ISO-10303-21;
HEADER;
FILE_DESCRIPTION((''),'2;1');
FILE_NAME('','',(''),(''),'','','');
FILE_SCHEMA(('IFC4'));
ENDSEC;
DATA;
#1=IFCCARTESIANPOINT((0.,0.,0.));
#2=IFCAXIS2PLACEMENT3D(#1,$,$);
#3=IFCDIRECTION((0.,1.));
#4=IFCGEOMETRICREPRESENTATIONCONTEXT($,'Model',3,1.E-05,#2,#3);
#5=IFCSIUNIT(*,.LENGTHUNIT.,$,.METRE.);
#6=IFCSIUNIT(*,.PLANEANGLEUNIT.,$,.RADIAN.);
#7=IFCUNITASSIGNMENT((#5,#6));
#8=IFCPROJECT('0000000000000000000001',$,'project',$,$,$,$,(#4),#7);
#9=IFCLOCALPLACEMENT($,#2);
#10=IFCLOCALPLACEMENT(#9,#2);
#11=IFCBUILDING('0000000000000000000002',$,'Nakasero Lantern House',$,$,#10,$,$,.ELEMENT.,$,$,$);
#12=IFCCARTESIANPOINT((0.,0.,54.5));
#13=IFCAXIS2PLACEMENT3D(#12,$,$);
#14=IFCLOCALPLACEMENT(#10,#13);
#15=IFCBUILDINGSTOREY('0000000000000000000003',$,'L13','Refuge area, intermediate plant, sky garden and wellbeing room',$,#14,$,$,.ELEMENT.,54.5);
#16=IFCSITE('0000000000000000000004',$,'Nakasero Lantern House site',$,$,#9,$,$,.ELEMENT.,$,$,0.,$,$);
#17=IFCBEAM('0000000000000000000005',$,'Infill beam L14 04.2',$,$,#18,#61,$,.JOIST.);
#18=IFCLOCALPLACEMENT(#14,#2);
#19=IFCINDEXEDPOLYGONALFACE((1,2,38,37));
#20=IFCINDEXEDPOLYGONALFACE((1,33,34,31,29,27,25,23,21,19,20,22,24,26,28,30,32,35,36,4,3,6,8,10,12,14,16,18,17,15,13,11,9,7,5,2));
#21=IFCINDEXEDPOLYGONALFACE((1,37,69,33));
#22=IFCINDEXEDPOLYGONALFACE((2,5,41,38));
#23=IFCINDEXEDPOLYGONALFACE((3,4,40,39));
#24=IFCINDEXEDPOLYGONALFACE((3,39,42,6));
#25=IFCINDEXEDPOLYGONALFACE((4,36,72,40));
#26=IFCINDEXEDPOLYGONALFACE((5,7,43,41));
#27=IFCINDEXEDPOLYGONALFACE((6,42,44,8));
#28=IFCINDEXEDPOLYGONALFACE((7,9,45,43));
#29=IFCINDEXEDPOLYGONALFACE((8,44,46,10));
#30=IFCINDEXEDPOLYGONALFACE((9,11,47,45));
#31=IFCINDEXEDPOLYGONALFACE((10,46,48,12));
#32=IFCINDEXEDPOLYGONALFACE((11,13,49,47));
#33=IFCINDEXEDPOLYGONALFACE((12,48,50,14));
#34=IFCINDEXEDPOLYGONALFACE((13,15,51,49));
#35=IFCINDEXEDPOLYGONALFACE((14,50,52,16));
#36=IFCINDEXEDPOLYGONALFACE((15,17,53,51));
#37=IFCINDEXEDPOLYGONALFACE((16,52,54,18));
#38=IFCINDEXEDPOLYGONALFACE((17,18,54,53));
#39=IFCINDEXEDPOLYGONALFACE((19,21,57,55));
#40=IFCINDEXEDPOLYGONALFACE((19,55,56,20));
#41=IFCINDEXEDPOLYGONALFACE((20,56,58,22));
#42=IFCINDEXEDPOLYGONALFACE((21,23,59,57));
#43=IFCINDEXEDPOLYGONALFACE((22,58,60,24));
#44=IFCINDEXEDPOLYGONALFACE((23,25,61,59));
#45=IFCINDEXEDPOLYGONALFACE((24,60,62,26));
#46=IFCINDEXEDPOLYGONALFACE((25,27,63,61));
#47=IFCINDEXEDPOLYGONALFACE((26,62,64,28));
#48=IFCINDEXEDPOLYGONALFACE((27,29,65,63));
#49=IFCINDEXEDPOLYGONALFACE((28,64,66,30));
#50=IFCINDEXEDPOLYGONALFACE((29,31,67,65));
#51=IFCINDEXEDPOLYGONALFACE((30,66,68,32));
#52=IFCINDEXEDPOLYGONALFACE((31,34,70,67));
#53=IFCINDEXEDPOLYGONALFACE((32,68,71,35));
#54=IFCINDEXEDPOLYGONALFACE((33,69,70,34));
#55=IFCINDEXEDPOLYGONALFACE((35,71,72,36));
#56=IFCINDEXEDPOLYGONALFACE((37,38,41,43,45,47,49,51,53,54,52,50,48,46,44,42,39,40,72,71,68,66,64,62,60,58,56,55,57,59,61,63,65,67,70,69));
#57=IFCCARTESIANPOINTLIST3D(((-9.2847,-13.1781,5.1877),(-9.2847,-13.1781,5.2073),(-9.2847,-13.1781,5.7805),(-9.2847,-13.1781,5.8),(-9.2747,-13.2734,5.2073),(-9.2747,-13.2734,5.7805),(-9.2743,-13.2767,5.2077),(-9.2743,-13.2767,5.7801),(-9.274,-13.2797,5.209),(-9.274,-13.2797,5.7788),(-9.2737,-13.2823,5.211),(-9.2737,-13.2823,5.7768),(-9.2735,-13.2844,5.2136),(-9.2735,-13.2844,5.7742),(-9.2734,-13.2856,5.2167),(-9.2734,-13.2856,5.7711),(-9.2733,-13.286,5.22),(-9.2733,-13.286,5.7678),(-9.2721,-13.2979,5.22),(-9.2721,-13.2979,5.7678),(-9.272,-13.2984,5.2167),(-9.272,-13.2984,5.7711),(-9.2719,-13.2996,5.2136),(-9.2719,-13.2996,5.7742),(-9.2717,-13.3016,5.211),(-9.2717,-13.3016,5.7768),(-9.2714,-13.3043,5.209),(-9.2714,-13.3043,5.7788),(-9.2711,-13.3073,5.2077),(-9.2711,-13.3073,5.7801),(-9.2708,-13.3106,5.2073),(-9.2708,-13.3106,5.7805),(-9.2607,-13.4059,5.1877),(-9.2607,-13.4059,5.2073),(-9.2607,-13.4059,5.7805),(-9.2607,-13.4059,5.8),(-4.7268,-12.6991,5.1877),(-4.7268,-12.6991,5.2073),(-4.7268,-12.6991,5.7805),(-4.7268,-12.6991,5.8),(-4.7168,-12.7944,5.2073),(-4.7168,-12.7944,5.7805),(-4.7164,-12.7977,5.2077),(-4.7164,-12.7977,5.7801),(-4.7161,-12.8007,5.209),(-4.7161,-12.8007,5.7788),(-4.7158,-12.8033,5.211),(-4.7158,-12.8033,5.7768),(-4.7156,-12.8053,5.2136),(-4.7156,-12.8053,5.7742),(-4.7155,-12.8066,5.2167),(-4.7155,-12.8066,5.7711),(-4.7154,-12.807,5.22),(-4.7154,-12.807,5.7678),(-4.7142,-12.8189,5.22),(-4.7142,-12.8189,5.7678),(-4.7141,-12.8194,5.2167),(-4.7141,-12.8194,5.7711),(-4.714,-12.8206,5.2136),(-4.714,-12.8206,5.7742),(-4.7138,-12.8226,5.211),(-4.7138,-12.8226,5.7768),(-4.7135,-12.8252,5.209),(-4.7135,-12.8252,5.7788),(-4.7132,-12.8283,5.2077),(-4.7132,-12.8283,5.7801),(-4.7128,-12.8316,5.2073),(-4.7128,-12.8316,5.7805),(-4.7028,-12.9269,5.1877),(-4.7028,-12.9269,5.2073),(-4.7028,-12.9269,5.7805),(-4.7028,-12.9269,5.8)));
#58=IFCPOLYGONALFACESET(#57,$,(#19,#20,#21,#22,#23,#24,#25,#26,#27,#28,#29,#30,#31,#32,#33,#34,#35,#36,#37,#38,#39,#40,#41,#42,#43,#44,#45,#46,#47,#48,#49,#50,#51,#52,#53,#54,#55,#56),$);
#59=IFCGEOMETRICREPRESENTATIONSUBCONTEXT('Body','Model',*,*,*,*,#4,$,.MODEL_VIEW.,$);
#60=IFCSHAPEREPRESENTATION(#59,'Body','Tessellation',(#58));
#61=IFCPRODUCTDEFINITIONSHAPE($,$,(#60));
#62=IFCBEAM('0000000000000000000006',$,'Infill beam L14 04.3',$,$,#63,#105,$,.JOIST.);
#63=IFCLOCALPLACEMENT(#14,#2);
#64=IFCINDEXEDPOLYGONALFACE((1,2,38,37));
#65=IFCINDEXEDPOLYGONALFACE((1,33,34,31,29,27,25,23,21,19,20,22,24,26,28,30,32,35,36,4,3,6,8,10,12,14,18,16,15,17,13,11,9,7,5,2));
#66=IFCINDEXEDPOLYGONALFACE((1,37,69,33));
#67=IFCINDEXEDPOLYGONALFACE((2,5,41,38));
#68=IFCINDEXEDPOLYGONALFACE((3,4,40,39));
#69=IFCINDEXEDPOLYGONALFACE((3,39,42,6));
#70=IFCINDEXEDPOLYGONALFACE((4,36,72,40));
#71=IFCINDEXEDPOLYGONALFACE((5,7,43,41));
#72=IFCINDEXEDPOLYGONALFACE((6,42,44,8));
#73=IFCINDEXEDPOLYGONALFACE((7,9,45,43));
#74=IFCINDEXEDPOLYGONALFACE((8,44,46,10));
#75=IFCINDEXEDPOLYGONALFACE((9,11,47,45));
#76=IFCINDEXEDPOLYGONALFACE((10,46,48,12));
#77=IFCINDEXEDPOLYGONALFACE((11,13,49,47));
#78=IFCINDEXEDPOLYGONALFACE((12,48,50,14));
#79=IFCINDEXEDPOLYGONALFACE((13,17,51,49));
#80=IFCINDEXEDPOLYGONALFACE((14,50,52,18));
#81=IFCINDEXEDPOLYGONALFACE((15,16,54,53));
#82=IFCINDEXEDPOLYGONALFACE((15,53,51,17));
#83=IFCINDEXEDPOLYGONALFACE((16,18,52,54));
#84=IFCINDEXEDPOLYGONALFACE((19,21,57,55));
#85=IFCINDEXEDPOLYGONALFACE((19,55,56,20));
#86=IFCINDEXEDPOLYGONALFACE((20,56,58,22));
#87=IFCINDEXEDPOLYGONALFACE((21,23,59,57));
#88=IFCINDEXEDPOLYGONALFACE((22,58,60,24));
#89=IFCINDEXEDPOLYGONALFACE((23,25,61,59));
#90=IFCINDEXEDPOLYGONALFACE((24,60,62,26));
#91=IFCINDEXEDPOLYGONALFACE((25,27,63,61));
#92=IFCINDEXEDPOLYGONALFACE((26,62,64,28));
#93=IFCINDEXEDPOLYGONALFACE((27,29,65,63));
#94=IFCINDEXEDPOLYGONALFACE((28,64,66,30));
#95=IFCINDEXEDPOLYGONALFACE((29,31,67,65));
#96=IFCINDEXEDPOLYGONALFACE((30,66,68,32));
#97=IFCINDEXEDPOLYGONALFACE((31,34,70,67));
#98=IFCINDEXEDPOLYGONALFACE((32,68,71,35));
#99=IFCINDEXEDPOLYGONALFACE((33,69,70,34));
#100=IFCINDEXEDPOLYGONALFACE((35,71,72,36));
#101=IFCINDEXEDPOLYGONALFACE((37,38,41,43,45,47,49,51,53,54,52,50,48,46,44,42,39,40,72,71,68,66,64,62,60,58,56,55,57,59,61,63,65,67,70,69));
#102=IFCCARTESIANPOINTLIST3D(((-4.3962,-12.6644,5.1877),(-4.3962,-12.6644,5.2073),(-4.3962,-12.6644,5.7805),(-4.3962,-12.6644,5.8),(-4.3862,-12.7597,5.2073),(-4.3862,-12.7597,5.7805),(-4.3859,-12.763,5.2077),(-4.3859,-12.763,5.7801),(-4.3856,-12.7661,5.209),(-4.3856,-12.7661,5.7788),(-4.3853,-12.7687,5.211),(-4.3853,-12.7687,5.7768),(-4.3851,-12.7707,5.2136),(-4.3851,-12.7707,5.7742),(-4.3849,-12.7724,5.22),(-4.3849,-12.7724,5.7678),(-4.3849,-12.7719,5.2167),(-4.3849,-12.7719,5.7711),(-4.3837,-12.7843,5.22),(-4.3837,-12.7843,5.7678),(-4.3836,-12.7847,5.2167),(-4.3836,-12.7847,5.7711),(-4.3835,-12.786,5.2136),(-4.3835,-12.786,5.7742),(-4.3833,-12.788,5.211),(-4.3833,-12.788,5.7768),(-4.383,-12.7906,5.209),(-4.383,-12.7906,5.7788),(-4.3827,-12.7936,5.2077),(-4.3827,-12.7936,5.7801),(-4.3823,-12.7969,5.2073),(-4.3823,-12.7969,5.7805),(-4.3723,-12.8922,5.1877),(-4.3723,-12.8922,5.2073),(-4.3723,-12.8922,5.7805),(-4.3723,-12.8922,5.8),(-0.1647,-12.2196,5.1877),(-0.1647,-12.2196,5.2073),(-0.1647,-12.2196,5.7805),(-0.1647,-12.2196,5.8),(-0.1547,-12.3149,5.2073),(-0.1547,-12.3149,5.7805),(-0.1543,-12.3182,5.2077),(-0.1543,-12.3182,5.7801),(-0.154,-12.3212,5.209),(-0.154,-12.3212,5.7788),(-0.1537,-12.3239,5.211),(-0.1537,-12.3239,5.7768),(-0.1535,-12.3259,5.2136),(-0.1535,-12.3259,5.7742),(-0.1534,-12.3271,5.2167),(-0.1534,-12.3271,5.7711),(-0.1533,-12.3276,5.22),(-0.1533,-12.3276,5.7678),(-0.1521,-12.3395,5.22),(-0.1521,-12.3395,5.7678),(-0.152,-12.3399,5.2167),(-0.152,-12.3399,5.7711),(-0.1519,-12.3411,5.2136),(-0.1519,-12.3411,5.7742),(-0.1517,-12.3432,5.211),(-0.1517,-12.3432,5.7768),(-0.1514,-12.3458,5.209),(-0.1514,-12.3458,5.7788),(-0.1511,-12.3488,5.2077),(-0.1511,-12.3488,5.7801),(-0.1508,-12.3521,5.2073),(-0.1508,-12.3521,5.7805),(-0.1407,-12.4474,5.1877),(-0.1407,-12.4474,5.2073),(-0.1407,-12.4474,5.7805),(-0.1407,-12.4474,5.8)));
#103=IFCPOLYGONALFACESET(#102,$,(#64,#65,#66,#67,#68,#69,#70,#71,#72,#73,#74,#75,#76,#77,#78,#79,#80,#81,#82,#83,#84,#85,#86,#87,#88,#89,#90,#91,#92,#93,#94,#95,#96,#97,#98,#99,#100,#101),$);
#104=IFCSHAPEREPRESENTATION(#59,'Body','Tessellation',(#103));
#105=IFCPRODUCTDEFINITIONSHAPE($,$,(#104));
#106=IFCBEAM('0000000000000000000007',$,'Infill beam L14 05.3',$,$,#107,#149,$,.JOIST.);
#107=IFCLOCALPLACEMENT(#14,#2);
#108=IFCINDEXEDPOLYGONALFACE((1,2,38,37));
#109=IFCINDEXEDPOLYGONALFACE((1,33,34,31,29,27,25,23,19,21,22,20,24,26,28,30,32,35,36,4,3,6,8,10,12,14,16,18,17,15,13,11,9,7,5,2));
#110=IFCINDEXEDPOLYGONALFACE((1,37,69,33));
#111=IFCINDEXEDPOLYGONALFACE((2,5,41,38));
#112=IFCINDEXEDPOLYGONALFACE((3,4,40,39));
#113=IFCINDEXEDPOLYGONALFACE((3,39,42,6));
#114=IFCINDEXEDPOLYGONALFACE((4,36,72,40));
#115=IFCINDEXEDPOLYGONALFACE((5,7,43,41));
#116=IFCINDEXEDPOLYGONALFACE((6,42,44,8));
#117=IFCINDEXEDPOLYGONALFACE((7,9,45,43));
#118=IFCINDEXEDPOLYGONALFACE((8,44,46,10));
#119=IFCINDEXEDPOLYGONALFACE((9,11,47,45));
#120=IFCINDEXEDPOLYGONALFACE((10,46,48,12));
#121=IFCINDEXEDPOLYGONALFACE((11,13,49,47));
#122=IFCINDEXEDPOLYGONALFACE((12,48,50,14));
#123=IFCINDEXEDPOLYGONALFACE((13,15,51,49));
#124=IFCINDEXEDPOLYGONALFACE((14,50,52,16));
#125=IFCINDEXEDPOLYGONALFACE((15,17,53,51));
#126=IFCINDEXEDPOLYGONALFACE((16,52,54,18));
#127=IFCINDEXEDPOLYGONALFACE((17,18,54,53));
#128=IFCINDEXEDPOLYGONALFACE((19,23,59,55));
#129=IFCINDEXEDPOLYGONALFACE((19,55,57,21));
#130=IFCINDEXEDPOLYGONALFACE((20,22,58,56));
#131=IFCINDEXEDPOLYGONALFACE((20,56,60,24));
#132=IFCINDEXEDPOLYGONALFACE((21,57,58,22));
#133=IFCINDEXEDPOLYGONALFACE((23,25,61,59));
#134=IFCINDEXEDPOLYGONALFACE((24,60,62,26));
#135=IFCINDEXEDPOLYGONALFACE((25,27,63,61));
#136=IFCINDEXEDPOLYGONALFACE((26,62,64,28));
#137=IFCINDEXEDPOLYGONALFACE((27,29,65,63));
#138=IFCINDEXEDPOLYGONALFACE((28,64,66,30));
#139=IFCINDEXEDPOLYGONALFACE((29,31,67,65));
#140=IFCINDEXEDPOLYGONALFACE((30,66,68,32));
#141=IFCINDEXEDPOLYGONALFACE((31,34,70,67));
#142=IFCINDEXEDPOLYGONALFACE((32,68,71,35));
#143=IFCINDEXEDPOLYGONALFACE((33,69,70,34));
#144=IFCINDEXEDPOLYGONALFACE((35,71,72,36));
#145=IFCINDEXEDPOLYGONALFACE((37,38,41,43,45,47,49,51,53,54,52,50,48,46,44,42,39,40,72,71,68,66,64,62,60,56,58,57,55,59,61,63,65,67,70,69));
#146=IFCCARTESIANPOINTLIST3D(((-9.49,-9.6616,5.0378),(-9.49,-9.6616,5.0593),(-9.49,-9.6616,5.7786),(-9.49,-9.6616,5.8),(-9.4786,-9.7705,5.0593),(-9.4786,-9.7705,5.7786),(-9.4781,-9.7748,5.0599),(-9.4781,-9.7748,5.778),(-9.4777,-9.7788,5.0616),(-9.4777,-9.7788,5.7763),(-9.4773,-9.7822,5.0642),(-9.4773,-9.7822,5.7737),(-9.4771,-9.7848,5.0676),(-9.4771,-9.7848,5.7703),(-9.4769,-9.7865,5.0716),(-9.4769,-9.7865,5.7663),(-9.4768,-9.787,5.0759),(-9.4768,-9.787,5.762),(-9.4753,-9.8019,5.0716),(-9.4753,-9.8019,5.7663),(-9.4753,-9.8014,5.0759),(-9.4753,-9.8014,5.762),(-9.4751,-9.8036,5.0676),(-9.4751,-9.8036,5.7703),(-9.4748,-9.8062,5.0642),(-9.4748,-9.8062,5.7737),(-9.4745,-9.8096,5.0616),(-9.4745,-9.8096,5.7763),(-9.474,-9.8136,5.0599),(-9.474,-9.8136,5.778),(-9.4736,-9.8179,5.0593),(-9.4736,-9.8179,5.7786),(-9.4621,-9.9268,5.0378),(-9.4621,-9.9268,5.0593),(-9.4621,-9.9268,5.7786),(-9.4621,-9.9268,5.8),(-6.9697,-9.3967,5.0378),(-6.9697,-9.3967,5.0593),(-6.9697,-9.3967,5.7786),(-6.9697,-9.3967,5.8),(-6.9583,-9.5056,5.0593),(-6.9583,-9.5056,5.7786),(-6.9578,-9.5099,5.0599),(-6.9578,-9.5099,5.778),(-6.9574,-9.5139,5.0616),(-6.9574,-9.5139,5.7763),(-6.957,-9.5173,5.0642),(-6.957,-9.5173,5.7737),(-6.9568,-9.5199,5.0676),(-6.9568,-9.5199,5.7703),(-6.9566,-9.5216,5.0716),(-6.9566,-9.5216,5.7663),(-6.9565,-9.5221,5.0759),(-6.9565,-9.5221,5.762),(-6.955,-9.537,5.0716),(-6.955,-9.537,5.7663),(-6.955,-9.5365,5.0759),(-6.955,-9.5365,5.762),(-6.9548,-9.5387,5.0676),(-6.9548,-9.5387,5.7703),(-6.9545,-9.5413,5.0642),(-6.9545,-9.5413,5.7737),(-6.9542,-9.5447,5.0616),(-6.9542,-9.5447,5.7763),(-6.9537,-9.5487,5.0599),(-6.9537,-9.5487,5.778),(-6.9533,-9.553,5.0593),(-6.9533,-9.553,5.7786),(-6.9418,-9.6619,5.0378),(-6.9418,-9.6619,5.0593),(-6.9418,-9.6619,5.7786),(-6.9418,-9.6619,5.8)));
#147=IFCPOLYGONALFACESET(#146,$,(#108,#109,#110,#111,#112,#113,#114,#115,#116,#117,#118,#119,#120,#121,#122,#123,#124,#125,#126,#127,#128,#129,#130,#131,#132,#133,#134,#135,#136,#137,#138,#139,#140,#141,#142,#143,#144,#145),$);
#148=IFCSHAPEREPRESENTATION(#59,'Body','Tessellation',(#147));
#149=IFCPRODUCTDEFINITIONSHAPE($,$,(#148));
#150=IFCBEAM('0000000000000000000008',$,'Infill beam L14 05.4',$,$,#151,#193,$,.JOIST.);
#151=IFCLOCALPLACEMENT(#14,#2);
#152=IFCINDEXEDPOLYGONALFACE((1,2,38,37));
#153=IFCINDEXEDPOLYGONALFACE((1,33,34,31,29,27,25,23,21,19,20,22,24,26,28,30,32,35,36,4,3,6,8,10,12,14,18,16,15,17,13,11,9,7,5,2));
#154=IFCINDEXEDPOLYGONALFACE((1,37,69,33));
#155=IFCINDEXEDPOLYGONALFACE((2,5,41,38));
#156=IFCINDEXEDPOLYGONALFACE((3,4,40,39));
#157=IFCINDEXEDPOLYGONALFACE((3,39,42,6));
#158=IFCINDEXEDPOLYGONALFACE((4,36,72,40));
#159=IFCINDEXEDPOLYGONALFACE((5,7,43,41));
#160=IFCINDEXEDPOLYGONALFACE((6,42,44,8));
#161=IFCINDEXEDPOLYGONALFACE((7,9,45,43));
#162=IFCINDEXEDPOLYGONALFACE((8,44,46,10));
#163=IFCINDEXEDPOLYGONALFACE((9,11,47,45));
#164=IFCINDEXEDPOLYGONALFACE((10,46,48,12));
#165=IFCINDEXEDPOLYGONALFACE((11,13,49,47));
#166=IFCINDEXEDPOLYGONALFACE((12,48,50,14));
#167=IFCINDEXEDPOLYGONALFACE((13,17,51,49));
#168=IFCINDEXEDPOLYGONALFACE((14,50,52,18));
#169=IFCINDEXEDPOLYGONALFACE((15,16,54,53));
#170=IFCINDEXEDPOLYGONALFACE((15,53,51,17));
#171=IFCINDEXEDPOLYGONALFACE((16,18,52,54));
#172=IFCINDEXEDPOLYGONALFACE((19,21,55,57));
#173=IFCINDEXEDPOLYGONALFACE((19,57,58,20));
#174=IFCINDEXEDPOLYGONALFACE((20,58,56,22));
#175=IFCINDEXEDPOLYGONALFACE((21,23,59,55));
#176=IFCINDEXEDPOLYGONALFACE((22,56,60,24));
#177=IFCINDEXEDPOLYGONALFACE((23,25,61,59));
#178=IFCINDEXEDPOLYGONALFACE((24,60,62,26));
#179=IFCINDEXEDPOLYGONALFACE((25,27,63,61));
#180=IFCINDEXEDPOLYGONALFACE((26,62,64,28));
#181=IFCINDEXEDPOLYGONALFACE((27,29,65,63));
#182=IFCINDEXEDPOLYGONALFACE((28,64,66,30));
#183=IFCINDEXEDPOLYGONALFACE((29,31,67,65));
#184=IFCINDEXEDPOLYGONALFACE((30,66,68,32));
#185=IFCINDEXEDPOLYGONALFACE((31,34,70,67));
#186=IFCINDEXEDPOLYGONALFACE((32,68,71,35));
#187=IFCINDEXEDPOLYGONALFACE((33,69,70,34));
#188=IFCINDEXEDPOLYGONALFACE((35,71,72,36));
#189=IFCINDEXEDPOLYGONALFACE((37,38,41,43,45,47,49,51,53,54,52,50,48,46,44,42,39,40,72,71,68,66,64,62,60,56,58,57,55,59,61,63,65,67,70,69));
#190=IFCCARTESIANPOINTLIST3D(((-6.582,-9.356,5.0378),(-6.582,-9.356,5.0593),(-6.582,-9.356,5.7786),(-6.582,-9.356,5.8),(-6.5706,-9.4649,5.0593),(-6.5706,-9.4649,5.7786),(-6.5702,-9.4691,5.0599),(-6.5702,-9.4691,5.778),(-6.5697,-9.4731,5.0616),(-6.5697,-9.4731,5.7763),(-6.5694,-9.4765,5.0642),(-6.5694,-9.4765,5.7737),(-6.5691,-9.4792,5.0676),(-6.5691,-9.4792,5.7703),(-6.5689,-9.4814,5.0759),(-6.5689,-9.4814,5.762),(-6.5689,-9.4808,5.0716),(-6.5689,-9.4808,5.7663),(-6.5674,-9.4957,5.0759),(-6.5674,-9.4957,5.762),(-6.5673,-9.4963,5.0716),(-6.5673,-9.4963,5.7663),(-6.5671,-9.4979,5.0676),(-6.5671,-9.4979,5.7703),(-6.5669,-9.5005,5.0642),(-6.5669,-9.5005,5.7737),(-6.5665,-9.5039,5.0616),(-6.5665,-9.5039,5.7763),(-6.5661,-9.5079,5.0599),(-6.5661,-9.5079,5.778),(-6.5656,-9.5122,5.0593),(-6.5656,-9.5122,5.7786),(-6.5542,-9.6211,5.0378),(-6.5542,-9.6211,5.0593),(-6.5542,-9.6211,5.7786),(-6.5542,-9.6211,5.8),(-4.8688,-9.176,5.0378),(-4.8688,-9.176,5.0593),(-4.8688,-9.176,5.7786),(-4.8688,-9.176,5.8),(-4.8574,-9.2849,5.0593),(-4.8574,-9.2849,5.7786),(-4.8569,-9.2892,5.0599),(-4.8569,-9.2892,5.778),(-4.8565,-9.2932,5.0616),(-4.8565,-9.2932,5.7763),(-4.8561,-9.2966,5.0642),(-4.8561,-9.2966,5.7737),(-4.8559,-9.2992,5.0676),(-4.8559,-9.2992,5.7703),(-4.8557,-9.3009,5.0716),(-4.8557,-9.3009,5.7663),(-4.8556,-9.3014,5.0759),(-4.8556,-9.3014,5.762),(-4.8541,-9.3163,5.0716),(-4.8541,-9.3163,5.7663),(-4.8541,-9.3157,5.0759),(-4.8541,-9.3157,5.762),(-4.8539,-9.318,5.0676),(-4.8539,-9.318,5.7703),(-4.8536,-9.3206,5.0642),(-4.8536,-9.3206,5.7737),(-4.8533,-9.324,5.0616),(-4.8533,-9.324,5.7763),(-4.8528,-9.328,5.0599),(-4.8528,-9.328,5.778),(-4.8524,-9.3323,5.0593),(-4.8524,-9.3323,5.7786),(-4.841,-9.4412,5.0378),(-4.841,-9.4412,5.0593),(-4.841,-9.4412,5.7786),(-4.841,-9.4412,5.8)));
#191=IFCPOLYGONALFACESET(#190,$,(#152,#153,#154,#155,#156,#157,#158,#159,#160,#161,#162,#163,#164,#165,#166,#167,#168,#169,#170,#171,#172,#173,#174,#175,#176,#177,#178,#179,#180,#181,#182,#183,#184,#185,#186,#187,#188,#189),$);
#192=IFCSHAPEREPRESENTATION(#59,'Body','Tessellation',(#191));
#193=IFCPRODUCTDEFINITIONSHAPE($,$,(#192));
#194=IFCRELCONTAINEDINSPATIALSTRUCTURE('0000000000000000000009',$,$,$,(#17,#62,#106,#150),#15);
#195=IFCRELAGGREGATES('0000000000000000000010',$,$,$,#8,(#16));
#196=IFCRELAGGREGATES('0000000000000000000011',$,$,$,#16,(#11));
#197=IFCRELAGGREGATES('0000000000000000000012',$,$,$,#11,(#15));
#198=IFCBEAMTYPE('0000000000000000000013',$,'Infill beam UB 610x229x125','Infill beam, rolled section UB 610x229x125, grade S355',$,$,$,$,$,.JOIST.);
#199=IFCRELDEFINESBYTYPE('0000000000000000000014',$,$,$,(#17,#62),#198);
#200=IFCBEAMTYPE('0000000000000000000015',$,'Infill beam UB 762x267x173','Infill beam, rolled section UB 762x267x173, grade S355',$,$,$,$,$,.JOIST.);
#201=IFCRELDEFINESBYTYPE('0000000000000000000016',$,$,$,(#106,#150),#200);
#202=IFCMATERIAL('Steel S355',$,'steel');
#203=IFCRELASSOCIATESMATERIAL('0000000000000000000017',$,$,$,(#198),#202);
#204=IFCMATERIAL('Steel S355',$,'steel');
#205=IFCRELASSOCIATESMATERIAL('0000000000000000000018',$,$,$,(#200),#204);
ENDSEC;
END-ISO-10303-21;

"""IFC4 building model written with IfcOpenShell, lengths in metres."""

from ifc_helpers import new_model, si_unit, direction, frame, origin, origin_2d, place, context, subcontext, project, spatial, i_section, extrude, material, material_profile, profile_set, type_object, element, save


model = new_model("IFC4")

# Units and contexts
model_context = context("Model", 3, precision=1e-05, world=origin(), true_north=direction((0.0, 1.0)))
body_context = subcontext(model_context, "Body", "Model", "MODEL_VIEW")
ifc_project = project(units=[si_unit("LENGTHUNIT", "METRE"), si_unit("PLANEANGLEUNIT", "RADIAN")], contexts=[model_context])

# Site, building, storey
site_placement = place(None, origin())
site = spatial("IfcSite", under=ifc_project, at=site_placement, Name="Nakasero Lantern House site", CompositionType="ELEMENT", RefElevation=0.0)
building_placement = place(site_placement, origin())
building = spatial("IfcBuilding", under=site, at=building_placement, Name="Nakasero Lantern House", CompositionType="ELEMENT")
storey_placement = place(building_placement, frame((0.0, 0.0, 54.5)))
storey = spatial("IfcBuildingStorey", under=building, at=storey_placement, Name="L13", Description="Refuge area, intermediate plant, sky garden and wellbeing room", CompositionType="ELEMENT", Elevation=54.5)

# Beams
ifc_material_1 = material(Name="Steel S355", Category="steel")
ifc_material_profile_1 = material_profile(ifc_material_1, i_section(OverallWidth=0.229, OverallDepth=0.6123, WebThickness=0.012, FlangeThickness=0.0195, FilletRadius=0.0127, at=origin_2d()), Name="UB 610x229x125")
ifc_profile_set_1 = profile_set([ifc_material_profile_1], Name="Steel S355")
beam_type_1 = type_object("IfcBeamType", Name="Infill beam UB 610x229x125", Description="Infill beam, rolled section UB 610x229x125, grade S355", PredefinedType="JOIST", material=ifc_profile_set_1)
beam_1_placement = place(storey_placement, frame((-9.2727, -13.292, 5.4939), z_axis=(0.994523, 0.104518, 0.0), x_axis=(-0.104518, 0.994523, 0.0)))
element("IfcBeam", 1, at=beam_1_placement, inside=storey, type_object=beam_type_1, Name="Infill beam L14 04.2", PredefinedType="JOIST", context=body_context, shape_type="SweptSolid", body=[
    extrude(i_section(OverallWidth=0.229, OverallDepth=0.6123, WebThickness=0.012, FlangeThickness=0.0195, FilletRadius=0.0127, at=origin_2d()), origin(), (0.0, 0.0, 1.0), 4.583),
])
beam_2_placement = place(storey_placement, frame((-4.3843, -12.7783, 5.4939), z_axis=(0.994521, 0.104541, 0.0), x_axis=(-0.104541, 0.994521, 0.0)))
element("IfcBeam", 2, at=beam_2_placement, inside=storey, type_object=beam_type_1, Name="Infill beam L14 04.3", PredefinedType="JOIST", context=body_context, shape_type="SweptSolid", body=[
    extrude(i_section(OverallWidth=0.229, OverallDepth=0.6123, WebThickness=0.012, FlangeThickness=0.0195, FilletRadius=0.0127, at=origin_2d()), origin(), (0.0, 0.0, 1.0), 4.2549),
])
ifc_material_2 = material(Name="Steel S355", Category="steel")
ifc_material_profile_2 = material_profile(ifc_material_2, i_section(OverallWidth=0.2666, OverallDepth=0.7622, WebThickness=0.0144, FlangeThickness=0.0215, FilletRadius=0.0166, at=origin_2d()), Name="UB 762x267x173")
ifc_profile_set_2 = profile_set([ifc_material_profile_2], Name="Steel S355")
beam_type_2 = type_object("IfcBeamType", Name="Infill beam UB 762x267x173", Description="Infill beam, rolled section UB 762x267x173, grade S355", PredefinedType="JOIST", material=ifc_profile_set_2)
beam_3_placement = place(storey_placement, frame((-9.4761, -9.7942, 5.4189), z_axis=(0.994522, 0.104529, 0.0), x_axis=(-0.104529, 0.994522, 0.0)))
element("IfcBeam", 3, at=beam_3_placement, inside=storey, type_object=beam_type_2, Name="Infill beam L14 05.3", PredefinedType="JOIST", context=body_context, shape_type="SweptSolid", body=[
    extrude(i_section(OverallWidth=0.2666, OverallDepth=0.7622, WebThickness=0.0144, FlangeThickness=0.0215, FilletRadius=0.0166, at=origin_2d()), origin(), (0.0, 0.0, 1.0), 2.5342),
])
beam_4_placement = place(storey_placement, frame((-6.5681, -9.4885, 5.4189), z_axis=(0.99453, 0.104456, 0.0), x_axis=(-0.104456, 0.99453, 0.0)))
element("IfcBeam", 4, at=beam_4_placement, inside=storey, type_object=beam_type_2, Name="Infill beam L14 05.4", PredefinedType="JOIST", context=body_context, shape_type="SweptSolid", body=[
    extrude(i_section(OverallWidth=0.2666, OverallDepth=0.7622, WebThickness=0.0144, FlangeThickness=0.0215, FilletRadius=0.0166, at=origin_2d()), origin(), (0.0, 0.0, 1.0), 1.7227),
])

save(model, "model.ifc")
